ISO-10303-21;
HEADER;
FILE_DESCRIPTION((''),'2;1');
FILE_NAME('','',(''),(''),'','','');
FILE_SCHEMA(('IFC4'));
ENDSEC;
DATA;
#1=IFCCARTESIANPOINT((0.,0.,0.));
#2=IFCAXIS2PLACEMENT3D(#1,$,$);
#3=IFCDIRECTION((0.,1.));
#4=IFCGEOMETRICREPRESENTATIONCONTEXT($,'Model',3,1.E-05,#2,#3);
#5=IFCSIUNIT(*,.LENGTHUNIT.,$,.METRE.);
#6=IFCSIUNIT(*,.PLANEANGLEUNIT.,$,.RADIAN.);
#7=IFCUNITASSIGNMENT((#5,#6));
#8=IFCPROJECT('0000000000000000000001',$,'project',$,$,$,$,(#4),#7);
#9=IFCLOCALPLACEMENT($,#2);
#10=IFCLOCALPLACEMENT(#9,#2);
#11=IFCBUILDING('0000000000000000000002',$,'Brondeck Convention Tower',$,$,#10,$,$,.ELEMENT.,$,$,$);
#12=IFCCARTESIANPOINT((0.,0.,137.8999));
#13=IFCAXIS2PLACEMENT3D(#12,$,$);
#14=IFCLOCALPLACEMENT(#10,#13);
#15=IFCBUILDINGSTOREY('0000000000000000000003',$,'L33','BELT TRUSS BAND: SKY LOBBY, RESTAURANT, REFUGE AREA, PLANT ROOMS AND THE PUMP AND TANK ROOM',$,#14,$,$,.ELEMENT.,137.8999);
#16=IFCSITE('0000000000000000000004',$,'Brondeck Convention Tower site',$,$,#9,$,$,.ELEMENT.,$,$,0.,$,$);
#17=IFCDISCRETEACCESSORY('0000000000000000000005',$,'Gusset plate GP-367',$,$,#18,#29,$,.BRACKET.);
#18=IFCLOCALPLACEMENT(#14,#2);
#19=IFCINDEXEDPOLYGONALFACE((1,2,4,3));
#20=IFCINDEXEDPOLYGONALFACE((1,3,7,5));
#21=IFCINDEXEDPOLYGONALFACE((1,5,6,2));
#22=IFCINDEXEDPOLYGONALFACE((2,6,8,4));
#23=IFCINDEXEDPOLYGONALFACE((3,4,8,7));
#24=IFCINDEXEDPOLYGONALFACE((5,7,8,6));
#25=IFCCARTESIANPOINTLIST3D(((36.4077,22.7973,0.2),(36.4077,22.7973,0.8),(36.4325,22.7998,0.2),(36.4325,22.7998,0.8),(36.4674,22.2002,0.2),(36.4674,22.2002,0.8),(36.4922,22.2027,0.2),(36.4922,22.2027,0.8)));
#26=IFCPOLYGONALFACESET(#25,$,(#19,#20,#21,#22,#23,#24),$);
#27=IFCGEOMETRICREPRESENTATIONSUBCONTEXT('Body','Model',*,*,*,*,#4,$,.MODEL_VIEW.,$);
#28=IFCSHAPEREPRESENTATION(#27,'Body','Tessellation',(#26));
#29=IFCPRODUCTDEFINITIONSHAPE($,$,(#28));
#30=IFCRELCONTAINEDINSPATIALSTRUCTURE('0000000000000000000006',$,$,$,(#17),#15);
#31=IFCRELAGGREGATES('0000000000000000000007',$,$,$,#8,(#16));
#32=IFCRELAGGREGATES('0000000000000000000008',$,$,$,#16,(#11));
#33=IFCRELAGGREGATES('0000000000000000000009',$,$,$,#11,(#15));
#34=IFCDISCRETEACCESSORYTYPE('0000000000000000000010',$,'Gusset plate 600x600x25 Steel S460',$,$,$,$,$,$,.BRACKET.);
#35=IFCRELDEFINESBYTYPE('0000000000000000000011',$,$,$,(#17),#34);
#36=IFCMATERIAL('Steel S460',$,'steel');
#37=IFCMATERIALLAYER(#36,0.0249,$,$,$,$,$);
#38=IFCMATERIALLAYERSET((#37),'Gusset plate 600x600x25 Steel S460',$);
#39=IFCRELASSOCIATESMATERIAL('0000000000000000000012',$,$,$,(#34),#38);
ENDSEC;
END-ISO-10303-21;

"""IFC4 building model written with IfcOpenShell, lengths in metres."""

from ifc_helpers import new_model, si_unit, direction, frame, origin, origin_2d, place, context, subcontext, project, spatial, rectangle, extrude, material, layer, layer_set, type_object, element, save


model = new_model("IFC4")

# Units and contexts
model_context = context("Model", 3, precision=1e-05, world=origin(), true_north=direction((0.0, 1.0)))
body_context = subcontext(model_context, "Body", "Model", "MODEL_VIEW")
ifc_project = project(units=[si_unit("LENGTHUNIT", "METRE"), si_unit("PLANEANGLEUNIT", "RADIAN")], contexts=[model_context])

# Site, building, storey
site_placement = place(None, origin())
site = spatial("IfcSite", under=ifc_project, at=site_placement, Name="Brondeck Convention Tower site", CompositionType="ELEMENT", RefElevation=0.0)
building_placement = place(site_placement, origin())
building = spatial("IfcBuilding", under=site, at=building_placement, Name="Brondeck Convention Tower", CompositionType="ELEMENT")
storey_placement = place(building_placement, frame((0.0, 0.0, 137.8999)))
storey = spatial("IfcBuildingStorey", under=building, at=storey_placement, Name="L33", Description="BELT TRUSS BAND: SKY LOBBY, RESTAURANT, REFUGE AREA, PLANT ROOMS AND THE PUMP AND TANK ROOM", CompositionType="ELEMENT", Elevation=137.8999)

# Shared definitions
ifc_material_1 = material(Name="Steel S460", Category="steel")

# Discrete accessory
ifc_layer_1 = layer(ifc_material_1, 0.0249)
ifc_layer_set_1 = layer_set([ifc_layer_1], Name="Gusset plate 600x600x25 Steel S460")
discrete_accessory_type = type_object("IfcDiscreteAccessoryType", Name="Gusset plate 600x600x25 Steel S460", PredefinedType="BRACKET", material=ifc_layer_set_1)
for number, where, z_axis, x_axis, name in (
    (1, (36.45, 22.5, 0.2), (0.0, 0.0, 1.0), (-0.099511, 0.995036, 0.0), "Gusset plate GP-367"),
):
    element("IfcDiscreteAccessory", number, at=place(storey_placement, frame(where, z_axis=z_axis, x_axis=x_axis)), inside=storey, type_object=discrete_accessory_type, Name=name, PredefinedType="BRACKET", context=body_context, shape_type="SweptSolid", body=[
        extrude(rectangle(XDim=0.6001, YDim=0.0249, at=origin_2d()), origin(), (0.0, 0.0, 1.0), 0.6001),
    ])

save(model, "model.ifc")
